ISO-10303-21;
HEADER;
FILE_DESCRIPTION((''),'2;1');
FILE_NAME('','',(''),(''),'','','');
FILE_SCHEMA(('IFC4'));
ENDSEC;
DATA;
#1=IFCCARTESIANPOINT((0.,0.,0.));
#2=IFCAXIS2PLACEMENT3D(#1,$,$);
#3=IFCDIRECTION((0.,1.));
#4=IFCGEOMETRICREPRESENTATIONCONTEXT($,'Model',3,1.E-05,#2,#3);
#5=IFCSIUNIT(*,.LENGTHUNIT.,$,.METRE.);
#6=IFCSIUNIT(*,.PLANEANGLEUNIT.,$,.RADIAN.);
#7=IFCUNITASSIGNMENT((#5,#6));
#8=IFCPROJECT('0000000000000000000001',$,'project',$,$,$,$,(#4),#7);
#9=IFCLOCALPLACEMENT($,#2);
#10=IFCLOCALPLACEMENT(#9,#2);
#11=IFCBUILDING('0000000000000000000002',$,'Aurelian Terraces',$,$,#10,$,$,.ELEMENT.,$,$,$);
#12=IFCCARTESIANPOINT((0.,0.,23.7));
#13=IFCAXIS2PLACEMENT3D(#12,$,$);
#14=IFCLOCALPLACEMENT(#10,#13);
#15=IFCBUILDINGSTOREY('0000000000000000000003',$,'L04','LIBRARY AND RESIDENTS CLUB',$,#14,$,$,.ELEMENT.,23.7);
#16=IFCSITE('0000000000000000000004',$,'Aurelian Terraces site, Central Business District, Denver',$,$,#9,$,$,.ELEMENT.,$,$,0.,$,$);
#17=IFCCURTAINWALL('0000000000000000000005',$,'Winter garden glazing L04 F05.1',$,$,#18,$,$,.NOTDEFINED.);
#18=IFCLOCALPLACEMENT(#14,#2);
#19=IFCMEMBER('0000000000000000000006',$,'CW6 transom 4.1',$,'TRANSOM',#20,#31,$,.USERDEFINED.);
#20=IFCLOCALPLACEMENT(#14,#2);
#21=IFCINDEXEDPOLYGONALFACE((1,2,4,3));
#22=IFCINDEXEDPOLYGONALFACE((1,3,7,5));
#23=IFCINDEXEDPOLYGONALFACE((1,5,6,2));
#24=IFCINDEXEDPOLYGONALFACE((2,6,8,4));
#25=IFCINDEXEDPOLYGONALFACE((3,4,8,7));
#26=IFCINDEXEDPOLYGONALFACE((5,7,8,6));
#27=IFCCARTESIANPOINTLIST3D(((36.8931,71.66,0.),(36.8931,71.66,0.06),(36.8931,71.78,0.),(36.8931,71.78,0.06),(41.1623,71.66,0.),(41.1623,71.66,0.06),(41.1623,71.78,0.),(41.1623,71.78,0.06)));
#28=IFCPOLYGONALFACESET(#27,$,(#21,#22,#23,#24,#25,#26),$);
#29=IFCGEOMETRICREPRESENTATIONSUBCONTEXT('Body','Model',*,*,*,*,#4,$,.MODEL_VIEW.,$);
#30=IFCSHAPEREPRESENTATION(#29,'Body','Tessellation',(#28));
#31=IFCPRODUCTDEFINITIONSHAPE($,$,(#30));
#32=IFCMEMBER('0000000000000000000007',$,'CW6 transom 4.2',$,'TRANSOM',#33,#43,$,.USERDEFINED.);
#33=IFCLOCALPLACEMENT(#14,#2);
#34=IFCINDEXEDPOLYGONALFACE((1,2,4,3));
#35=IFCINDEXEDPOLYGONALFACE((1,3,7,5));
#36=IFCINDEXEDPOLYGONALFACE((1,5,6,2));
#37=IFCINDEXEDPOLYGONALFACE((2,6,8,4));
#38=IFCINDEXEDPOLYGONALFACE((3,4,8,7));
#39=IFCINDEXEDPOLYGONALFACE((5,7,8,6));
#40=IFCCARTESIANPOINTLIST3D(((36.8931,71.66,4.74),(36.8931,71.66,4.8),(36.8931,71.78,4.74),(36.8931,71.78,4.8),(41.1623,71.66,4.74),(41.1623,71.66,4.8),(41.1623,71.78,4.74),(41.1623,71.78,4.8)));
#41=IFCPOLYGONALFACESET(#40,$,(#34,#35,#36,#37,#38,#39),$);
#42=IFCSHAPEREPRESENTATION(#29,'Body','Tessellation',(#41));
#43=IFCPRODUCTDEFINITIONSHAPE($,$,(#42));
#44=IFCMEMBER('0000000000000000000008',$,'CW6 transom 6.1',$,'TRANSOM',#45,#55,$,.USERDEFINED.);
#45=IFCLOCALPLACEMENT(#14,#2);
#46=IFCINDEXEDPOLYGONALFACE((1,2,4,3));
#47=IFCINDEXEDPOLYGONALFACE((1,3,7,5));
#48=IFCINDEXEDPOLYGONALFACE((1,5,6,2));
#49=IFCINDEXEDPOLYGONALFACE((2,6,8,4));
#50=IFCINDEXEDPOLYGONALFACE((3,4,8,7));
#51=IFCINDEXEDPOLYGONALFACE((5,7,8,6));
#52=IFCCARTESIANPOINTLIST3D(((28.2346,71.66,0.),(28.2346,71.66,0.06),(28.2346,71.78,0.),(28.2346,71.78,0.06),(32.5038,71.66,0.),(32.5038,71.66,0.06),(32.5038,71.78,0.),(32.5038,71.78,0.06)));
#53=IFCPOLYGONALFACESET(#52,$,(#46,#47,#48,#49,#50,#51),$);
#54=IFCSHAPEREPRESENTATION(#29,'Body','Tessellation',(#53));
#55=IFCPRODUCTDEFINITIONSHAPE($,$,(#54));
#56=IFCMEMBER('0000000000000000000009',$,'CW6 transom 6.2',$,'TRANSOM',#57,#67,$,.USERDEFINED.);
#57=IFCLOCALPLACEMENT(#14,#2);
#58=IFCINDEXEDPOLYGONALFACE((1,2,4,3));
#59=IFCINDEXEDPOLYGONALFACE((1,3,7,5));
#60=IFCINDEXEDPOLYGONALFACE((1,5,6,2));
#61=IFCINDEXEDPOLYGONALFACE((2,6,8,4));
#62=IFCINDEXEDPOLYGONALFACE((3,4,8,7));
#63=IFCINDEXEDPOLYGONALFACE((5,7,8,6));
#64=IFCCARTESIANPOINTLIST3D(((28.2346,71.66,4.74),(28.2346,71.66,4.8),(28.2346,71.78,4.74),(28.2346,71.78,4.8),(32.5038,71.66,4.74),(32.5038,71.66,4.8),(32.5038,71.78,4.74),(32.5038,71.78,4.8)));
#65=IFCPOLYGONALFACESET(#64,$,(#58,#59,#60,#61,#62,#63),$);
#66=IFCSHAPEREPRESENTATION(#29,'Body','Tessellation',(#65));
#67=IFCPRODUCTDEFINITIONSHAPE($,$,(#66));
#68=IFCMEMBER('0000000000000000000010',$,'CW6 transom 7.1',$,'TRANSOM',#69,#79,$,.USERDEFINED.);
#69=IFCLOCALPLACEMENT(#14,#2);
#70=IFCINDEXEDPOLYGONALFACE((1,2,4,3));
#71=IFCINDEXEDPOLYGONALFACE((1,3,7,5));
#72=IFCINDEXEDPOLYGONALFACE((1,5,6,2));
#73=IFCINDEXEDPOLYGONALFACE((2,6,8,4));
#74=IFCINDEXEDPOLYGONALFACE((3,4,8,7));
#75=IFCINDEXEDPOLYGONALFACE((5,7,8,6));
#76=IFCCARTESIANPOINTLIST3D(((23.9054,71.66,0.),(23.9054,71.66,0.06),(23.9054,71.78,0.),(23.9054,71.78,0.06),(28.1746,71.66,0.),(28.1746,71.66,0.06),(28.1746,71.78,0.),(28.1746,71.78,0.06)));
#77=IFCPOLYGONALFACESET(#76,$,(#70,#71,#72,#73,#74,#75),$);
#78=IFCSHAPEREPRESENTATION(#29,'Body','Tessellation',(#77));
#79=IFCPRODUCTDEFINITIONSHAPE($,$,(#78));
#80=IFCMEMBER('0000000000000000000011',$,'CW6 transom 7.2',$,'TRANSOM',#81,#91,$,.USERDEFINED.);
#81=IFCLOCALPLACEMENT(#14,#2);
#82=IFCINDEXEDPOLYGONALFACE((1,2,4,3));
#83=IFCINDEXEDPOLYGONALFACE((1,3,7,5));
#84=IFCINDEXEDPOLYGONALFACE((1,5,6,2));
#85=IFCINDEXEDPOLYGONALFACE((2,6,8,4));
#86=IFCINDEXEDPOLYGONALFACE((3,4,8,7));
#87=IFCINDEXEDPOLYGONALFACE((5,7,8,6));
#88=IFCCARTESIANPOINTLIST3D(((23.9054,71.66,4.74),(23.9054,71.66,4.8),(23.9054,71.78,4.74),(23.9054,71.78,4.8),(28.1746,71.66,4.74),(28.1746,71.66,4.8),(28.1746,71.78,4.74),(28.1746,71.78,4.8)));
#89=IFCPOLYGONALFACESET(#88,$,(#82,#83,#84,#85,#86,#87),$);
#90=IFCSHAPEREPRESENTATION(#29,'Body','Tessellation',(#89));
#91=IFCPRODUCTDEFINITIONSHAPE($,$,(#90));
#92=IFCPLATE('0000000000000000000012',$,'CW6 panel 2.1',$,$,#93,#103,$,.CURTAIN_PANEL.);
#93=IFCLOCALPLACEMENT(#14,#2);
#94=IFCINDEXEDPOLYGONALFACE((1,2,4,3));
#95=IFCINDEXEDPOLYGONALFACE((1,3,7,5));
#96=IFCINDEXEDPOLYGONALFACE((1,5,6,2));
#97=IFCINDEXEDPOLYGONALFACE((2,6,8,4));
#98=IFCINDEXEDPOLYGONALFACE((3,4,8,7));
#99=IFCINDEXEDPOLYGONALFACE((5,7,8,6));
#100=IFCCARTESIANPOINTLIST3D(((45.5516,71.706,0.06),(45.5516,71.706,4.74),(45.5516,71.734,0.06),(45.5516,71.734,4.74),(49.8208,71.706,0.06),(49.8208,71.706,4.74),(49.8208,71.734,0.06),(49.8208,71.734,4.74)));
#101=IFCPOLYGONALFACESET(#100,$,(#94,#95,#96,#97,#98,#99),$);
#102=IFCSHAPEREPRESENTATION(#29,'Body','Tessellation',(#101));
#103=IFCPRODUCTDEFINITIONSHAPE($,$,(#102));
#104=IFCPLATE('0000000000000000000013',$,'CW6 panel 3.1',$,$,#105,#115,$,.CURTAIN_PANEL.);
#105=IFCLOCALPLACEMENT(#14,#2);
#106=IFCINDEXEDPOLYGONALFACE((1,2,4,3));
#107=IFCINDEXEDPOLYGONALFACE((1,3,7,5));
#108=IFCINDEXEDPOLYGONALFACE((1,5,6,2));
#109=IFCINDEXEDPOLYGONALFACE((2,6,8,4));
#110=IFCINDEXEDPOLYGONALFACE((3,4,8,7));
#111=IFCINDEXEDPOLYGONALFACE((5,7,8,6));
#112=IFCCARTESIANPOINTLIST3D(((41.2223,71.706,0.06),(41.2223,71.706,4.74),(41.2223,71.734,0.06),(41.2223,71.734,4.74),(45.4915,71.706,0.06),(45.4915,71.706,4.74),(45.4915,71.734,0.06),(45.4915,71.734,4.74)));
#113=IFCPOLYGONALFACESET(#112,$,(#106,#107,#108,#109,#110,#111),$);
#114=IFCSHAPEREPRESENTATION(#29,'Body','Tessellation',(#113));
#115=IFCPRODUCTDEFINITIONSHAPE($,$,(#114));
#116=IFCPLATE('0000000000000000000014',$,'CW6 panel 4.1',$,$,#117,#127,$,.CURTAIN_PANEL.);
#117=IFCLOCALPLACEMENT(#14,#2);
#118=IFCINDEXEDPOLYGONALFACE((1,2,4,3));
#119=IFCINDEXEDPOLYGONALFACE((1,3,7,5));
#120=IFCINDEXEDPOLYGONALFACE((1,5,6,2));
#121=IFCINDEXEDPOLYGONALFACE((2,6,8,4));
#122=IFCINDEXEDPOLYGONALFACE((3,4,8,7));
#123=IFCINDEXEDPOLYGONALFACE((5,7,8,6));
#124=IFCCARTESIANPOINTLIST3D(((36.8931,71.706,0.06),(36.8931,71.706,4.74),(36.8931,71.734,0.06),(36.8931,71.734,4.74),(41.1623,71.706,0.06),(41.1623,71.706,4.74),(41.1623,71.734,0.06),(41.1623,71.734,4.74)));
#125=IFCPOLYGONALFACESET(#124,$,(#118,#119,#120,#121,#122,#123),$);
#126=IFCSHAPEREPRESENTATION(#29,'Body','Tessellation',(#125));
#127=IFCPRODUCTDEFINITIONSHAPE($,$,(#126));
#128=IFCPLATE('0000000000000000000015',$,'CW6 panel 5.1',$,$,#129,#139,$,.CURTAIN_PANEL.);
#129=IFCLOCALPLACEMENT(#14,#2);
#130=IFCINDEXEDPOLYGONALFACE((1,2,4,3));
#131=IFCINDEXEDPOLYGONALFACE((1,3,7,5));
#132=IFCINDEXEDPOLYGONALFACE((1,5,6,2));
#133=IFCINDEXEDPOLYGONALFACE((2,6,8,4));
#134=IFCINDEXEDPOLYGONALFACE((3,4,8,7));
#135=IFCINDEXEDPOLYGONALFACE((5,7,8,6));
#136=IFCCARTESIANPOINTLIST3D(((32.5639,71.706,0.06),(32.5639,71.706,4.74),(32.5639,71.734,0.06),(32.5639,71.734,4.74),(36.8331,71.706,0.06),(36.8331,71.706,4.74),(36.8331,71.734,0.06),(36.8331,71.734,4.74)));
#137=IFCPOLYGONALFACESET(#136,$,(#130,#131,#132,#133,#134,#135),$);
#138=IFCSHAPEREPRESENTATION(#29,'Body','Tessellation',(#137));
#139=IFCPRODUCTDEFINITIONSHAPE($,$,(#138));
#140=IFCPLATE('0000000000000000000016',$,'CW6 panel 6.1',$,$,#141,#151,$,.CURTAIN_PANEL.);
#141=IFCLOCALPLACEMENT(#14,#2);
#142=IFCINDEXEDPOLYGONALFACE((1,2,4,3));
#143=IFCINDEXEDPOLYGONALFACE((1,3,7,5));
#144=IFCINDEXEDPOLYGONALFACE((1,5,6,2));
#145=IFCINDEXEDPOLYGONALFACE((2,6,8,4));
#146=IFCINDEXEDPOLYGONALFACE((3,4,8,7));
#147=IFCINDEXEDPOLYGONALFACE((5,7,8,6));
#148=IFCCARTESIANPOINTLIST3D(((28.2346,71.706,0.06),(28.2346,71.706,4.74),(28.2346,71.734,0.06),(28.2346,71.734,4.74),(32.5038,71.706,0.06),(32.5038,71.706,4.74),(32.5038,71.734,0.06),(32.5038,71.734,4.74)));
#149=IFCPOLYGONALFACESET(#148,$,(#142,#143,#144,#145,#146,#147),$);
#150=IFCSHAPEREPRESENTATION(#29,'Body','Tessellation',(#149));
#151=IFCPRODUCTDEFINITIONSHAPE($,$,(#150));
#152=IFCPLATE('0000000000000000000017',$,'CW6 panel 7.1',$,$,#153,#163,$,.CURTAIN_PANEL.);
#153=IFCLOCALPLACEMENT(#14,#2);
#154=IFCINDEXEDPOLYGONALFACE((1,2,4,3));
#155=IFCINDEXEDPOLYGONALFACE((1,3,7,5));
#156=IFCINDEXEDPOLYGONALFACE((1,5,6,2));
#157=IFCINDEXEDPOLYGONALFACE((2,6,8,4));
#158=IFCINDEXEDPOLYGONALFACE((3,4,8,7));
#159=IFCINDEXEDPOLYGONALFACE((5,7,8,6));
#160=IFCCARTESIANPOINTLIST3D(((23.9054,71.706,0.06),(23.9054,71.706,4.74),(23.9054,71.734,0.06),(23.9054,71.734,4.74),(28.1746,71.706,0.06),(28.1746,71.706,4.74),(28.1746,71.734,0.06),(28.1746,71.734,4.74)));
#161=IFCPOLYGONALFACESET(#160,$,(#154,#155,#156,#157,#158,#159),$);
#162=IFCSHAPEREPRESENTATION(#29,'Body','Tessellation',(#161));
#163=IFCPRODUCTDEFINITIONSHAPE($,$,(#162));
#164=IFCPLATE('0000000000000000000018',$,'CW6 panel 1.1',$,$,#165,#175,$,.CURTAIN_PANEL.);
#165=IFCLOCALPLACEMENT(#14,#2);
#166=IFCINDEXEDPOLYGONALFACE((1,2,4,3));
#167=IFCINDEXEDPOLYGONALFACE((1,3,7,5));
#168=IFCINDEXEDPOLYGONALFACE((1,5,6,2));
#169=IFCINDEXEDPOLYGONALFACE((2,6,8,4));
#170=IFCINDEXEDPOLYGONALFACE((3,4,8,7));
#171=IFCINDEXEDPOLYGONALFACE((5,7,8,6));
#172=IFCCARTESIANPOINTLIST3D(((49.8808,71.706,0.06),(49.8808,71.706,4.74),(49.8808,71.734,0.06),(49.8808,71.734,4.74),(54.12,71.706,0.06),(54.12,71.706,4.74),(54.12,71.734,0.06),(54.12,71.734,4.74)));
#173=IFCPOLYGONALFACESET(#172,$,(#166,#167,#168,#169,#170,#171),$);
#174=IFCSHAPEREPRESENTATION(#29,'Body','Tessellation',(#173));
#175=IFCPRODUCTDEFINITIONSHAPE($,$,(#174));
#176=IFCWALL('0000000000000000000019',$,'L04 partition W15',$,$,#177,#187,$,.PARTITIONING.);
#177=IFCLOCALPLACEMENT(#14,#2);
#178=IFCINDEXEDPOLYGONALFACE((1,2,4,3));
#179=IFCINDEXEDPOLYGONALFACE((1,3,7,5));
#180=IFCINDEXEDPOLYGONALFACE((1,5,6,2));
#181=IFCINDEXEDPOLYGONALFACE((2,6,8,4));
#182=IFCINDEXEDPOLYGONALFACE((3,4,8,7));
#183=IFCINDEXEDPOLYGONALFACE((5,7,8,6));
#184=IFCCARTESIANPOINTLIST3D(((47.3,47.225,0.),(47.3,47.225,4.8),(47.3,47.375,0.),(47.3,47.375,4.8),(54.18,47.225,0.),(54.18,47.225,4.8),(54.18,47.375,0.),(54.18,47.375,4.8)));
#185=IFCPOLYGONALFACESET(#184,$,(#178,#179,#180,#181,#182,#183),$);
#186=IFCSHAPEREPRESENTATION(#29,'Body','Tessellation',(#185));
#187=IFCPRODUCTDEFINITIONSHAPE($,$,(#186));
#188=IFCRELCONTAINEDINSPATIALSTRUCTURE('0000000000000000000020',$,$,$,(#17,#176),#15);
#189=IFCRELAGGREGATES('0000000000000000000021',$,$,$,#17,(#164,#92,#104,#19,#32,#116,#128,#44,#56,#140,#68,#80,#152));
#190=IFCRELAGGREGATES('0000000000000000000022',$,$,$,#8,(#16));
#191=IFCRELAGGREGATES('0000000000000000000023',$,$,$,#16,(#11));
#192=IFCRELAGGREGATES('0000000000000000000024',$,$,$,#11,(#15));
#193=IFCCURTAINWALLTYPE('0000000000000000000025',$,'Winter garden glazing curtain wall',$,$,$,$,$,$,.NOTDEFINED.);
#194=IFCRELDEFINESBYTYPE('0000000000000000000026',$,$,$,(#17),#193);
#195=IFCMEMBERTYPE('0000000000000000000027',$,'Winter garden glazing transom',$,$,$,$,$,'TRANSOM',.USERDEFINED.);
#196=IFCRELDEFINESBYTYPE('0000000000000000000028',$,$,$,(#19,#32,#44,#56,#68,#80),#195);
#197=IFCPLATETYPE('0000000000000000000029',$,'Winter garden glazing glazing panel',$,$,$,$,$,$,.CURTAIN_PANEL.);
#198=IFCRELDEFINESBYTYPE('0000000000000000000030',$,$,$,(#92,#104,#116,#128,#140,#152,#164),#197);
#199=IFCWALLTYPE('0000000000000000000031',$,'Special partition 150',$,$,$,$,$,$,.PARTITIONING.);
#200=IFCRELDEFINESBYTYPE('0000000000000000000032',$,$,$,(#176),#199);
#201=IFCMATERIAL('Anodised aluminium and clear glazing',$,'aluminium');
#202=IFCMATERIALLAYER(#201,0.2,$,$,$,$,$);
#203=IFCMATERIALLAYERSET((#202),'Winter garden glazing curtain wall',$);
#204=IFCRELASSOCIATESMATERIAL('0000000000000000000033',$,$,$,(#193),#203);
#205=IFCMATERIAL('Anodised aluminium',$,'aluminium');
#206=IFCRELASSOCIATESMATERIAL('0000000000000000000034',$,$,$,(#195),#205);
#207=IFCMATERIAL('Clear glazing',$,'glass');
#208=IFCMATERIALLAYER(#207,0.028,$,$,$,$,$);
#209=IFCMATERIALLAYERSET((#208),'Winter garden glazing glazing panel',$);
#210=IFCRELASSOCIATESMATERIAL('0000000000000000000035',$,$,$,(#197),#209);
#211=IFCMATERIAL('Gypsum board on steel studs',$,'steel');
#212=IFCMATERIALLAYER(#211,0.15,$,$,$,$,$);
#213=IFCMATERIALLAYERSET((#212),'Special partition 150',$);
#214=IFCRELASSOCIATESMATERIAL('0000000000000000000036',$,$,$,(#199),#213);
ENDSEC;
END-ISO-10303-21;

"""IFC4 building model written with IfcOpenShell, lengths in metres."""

from ifc_helpers import new_model, si_unit, direction, frame, frame_2d, origin, origin_2d, place, context, subcontext, project, spatial, rectangle, extrude, source, transform, mapped, material, layer, layer_set, material_profile, profile_set, type_object, element, aggregate, save


model = new_model("IFC4")

# Units and contexts
model_context = context("Model", 3, precision=1e-05, world=origin(), true_north=direction((0.0, 1.0)))
body_context = subcontext(model_context, "Body", "Model", "MODEL_VIEW")
ifc_project = project(units=[si_unit("LENGTHUNIT", "METRE"), si_unit("PLANEANGLEUNIT", "RADIAN")], contexts=[model_context])

# Site, building, storey
site_placement = place(None, origin())
site = spatial("IfcSite", under=ifc_project, at=site_placement, Name="Aurelian Terraces site, Central Business District, Denver", CompositionType="ELEMENT", RefElevation=0.0)
building_placement = place(site_placement, origin())
building = spatial("IfcBuilding", under=site, at=building_placement, Name="Aurelian Terraces", CompositionType="ELEMENT")
storey_placement = place(building_placement, frame((0.0, 0.0, 23.7)))
storey = spatial("IfcBuildingStorey", under=building, at=storey_placement, Name="L04", Description="LIBRARY AND RESIDENTS CLUB", CompositionType="ELEMENT", Elevation=23.7)

# Curtain wall, members, plates
ifc_material_1 = material(Name="Anodised aluminium and clear glazing", Category="aluminium")
ifc_layer_1 = layer(ifc_material_1, 0.2)
ifc_layer_set_1 = layer_set([ifc_layer_1], Name="Winter garden glazing curtain wall")
curtain_wall_type = type_object("IfcCurtainWallType", Name="Winter garden glazing curtain wall", PredefinedType="NOTDEFINED", material=ifc_layer_set_1)
curtain_wall_placement = place(storey_placement, origin())
curtain_wall = element("IfcCurtainWall", 1, at=curtain_wall_placement, inside=storey, type_object=curtain_wall_type, Name="Winter garden glazing L04 F05.1", PredefinedType="NOTDEFINED")
ifc_material_2 = material(Name="Anodised aluminium", Category="aluminium")
ifc_material_profile_1 = material_profile(ifc_material_2, rectangle(XDim=0.12, YDim=0.06, at=origin_2d()))
ifc_profile_set_1 = profile_set([ifc_material_profile_1], Name="Anodised aluminium")
member_type_1 = type_object("IfcMemberType", Name="Winter garden glazing transom", ElementType="TRANSOM", PredefinedType="USERDEFINED", material=ifc_profile_set_1)
shared_shape_1 = source(origin(), body_context, "Body", "SweptSolid", [
    extrude(rectangle(XDim=0.12, YDim=0.06, at=origin_2d()), origin(), (0.0, 0.0, 1.0), 4.2692),
])
member_1_placement = place(storey_placement, frame((41.1623, 71.72, 0.03), z_axis=(-1.0, 0.0, 0.0), x_axis=(0.0, -1.0, 0.0)))
member_1 = element("IfcMember", 2, at=member_1_placement, type_object=member_type_1, Name="CW6 transom 4.1", ObjectType="TRANSOM", PredefinedType="USERDEFINED", context=body_context, shape_type="MappedRepresentation", body=[
    mapped(shared_shape_1, transform((0.0, 0.0, 0.0), scale=1.0)),
])
member_2_placement = place(storey_placement, frame((41.1623, 71.72, 4.77), z_axis=(-1.0, 0.0, 0.0), x_axis=(0.0, -1.0, 0.0)))
member_2 = element("IfcMember", 3, at=member_2_placement, type_object=member_type_1, Name="CW6 transom 4.2", ObjectType="TRANSOM", PredefinedType="USERDEFINED", context=body_context, shape_type="MappedRepresentation", body=[
    mapped(shared_shape_1, transform((0.0, 0.0, 0.0), scale=1.0)),
])
member_3_placement = place(storey_placement, frame((32.5038, 71.72, 0.03), z_axis=(-1.0, 0.0, 0.0), x_axis=(0.0, -1.0, 0.0)))
member_3 = element("IfcMember", 4, at=member_3_placement, type_object=member_type_1, Name="CW6 transom 6.1", ObjectType="TRANSOM", PredefinedType="USERDEFINED", context=body_context, shape_type="MappedRepresentation", body=[
    mapped(shared_shape_1, transform((0.0, 0.0, 0.0), scale=1.0)),
])
member_4_placement = place(storey_placement, frame((32.5038, 71.72, 4.77), z_axis=(-1.0, 0.0, 0.0), x_axis=(0.0, -1.0, 0.0)))
member_4 = element("IfcMember", 5, at=member_4_placement, type_object=member_type_1, Name="CW6 transom 6.2", ObjectType="TRANSOM", PredefinedType="USERDEFINED", context=body_context, shape_type="MappedRepresentation", body=[
    mapped(shared_shape_1, transform((0.0, 0.0, 0.0), scale=1.0)),
])
member_5_placement = place(storey_placement, frame((28.1746, 71.72, 0.03), z_axis=(-1.0, 0.0, 0.0), x_axis=(0.0, -1.0, 0.0)))
member_5 = element("IfcMember", 6, at=member_5_placement, type_object=member_type_1, Name="CW6 transom 7.1", ObjectType="TRANSOM", PredefinedType="USERDEFINED", context=body_context, shape_type="MappedRepresentation", body=[
    mapped(shared_shape_1, transform((0.0, 0.0, 0.0), scale=1.0)),
])
member_6_placement = place(storey_placement, frame((28.1746, 71.72, 4.77), z_axis=(-1.0, 0.0, 0.0), x_axis=(0.0, -1.0, 0.0)))
member_6 = element("IfcMember", 7, at=member_6_placement, type_object=member_type_1, Name="CW6 transom 7.2", ObjectType="TRANSOM", PredefinedType="USERDEFINED", context=body_context, shape_type="MappedRepresentation", body=[
    mapped(shared_shape_1, transform((0.0, 0.0, 0.0), scale=1.0)),
])
ifc_material_3 = material(Name="Clear glazing", Category="glass")
ifc_layer_2 = layer(ifc_material_3, 0.028)
ifc_layer_set_2 = layer_set([ifc_layer_2], Name="Winter garden glazing glazing panel")
plate_type = type_object("IfcPlateType", Name="Winter garden glazing glazing panel", PredefinedType="CURTAIN_PANEL", material=ifc_layer_set_2)
shared_shape_2 = source(origin(), body_context, "Body", "SweptSolid", [
    extrude(rectangle(XDim=4.2692, YDim=0.028, at=origin_2d()), origin(), (0.0, 0.0, 1.0), 4.68),
])
plate_1_placement = place(storey_placement, frame((47.6862, 71.72, 0.06), z_axis=(0.0, 0.0, 1.0), x_axis=(-1.0, 0.0, 0.0)))
plate_1 = element("IfcPlate", 8, at=plate_1_placement, type_object=plate_type, Name="CW6 panel 2.1", PredefinedType="CURTAIN_PANEL", context=body_context, shape_type="MappedRepresentation", body=[
    mapped(shared_shape_2, transform((0.0, 0.0, 0.0), scale=1.0)),
])
plate_2_placement = place(storey_placement, frame((43.3569, 71.72, 0.06), z_axis=(0.0, 0.0, 1.0), x_axis=(-1.0, 0.0, 0.0)))
plate_2 = element("IfcPlate", 9, at=plate_2_placement, type_object=plate_type, Name="CW6 panel 3.1", PredefinedType="CURTAIN_PANEL", context=body_context, shape_type="MappedRepresentation", body=[
    mapped(shared_shape_2, transform((0.0, 0.0, 0.0), scale=1.0)),
])
plate_3_placement = place(storey_placement, frame((39.0277, 71.72, 0.06), z_axis=(0.0, 0.0, 1.0), x_axis=(-1.0, 0.0, 0.0)))
plate_3 = element("IfcPlate", 10, at=plate_3_placement, type_object=plate_type, Name="CW6 panel 4.1", PredefinedType="CURTAIN_PANEL", context=body_context, shape_type="MappedRepresentation", body=[
    mapped(shared_shape_2, transform((0.0, 0.0, 0.0), scale=1.0)),
])
plate_4_placement = place(storey_placement, frame((34.6985, 71.72, 0.06), z_axis=(0.0, 0.0, 1.0), x_axis=(-1.0, 0.0, 0.0)))
plate_4 = element("IfcPlate", 11, at=plate_4_placement, type_object=plate_type, Name="CW6 panel 5.1", PredefinedType="CURTAIN_PANEL", context=body_context, shape_type="MappedRepresentation", body=[
    mapped(shared_shape_2, transform((0.0, 0.0, 0.0), scale=1.0)),
])
plate_5_placement = place(storey_placement, frame((30.3692, 71.72, 0.06), z_axis=(0.0, 0.0, 1.0), x_axis=(-1.0, 0.0, 0.0)))
plate_5 = element("IfcPlate", 12, at=plate_5_placement, type_object=plate_type, Name="CW6 panel 6.1", PredefinedType="CURTAIN_PANEL", context=body_context, shape_type="MappedRepresentation", body=[
    mapped(shared_shape_2, transform((0.0, 0.0, 0.0), scale=1.0)),
])
plate_6_placement = place(storey_placement, frame((26.04, 71.72, 0.06), z_axis=(0.0, 0.0, 1.0), x_axis=(-1.0, 0.0, 0.0)))
plate_6 = element("IfcPlate", 13, at=plate_6_placement, type_object=plate_type, Name="CW6 panel 7.1", PredefinedType="CURTAIN_PANEL", context=body_context, shape_type="MappedRepresentation", body=[
    mapped(shared_shape_2, transform((0.0, 0.0, 0.0), scale=1.0)),
])
shared_shape_3 = source(origin(), body_context, "Body", "SweptSolid", [
    extrude(rectangle(XDim=4.2392, YDim=0.028, at=origin_2d()), origin(), (0.0, 0.0, 1.0), 4.68),
])
plate_7_placement = place(storey_placement, frame((52.0004, 71.72, 0.06), z_axis=(0.0, 0.0, 1.0), x_axis=(-1.0, 0.0, 0.0)))
plate_7 = element("IfcPlate", 14, at=plate_7_placement, type_object=plate_type, Name="CW6 panel 1.1", PredefinedType="CURTAIN_PANEL", context=body_context, shape_type="MappedRepresentation", body=[
    mapped(shared_shape_3, transform((0.0, 0.0, 0.0), scale=1.0)),
])
aggregate(curtain_wall, [plate_7, plate_1, plate_2, member_1, member_2, plate_3, plate_4, member_3, member_4, plate_5, member_5, member_6, plate_6])

# Wall
ifc_material_4 = material(Name="Gypsum board on steel studs", Category="steel")
ifc_layer_3 = layer(ifc_material_4, 0.15)
ifc_layer_set_3 = layer_set([ifc_layer_3], Name="Special partition 150")
wall_type = type_object("IfcWallType", Name="Special partition 150", PredefinedType="PARTITIONING", material=ifc_layer_set_3)
shared_shape_4 = source(origin(), body_context, "Body", "SweptSolid", [
    extrude(rectangle(XDim=6.88, YDim=0.15, at=frame_2d((3.44, 0.0))), origin(), (0.0, 0.0, 1.0), 4.8),
])
wall_1_placement = place(storey_placement, frame((47.3, 47.3, 0.0), z_axis=(0.0, 0.0, 1.0), x_axis=(1.0, 0.0, 0.0)))
element("IfcWall", 15, at=wall_1_placement, inside=storey, type_object=wall_type, Name="L04 partition W15", PredefinedType="PARTITIONING", context=body_context, shape_type="MappedRepresentation", body=[
    mapped(shared_shape_4, transform((0.0, 0.0, 0.0), scale=1.0)),
])

save(model, "model.ifc")
